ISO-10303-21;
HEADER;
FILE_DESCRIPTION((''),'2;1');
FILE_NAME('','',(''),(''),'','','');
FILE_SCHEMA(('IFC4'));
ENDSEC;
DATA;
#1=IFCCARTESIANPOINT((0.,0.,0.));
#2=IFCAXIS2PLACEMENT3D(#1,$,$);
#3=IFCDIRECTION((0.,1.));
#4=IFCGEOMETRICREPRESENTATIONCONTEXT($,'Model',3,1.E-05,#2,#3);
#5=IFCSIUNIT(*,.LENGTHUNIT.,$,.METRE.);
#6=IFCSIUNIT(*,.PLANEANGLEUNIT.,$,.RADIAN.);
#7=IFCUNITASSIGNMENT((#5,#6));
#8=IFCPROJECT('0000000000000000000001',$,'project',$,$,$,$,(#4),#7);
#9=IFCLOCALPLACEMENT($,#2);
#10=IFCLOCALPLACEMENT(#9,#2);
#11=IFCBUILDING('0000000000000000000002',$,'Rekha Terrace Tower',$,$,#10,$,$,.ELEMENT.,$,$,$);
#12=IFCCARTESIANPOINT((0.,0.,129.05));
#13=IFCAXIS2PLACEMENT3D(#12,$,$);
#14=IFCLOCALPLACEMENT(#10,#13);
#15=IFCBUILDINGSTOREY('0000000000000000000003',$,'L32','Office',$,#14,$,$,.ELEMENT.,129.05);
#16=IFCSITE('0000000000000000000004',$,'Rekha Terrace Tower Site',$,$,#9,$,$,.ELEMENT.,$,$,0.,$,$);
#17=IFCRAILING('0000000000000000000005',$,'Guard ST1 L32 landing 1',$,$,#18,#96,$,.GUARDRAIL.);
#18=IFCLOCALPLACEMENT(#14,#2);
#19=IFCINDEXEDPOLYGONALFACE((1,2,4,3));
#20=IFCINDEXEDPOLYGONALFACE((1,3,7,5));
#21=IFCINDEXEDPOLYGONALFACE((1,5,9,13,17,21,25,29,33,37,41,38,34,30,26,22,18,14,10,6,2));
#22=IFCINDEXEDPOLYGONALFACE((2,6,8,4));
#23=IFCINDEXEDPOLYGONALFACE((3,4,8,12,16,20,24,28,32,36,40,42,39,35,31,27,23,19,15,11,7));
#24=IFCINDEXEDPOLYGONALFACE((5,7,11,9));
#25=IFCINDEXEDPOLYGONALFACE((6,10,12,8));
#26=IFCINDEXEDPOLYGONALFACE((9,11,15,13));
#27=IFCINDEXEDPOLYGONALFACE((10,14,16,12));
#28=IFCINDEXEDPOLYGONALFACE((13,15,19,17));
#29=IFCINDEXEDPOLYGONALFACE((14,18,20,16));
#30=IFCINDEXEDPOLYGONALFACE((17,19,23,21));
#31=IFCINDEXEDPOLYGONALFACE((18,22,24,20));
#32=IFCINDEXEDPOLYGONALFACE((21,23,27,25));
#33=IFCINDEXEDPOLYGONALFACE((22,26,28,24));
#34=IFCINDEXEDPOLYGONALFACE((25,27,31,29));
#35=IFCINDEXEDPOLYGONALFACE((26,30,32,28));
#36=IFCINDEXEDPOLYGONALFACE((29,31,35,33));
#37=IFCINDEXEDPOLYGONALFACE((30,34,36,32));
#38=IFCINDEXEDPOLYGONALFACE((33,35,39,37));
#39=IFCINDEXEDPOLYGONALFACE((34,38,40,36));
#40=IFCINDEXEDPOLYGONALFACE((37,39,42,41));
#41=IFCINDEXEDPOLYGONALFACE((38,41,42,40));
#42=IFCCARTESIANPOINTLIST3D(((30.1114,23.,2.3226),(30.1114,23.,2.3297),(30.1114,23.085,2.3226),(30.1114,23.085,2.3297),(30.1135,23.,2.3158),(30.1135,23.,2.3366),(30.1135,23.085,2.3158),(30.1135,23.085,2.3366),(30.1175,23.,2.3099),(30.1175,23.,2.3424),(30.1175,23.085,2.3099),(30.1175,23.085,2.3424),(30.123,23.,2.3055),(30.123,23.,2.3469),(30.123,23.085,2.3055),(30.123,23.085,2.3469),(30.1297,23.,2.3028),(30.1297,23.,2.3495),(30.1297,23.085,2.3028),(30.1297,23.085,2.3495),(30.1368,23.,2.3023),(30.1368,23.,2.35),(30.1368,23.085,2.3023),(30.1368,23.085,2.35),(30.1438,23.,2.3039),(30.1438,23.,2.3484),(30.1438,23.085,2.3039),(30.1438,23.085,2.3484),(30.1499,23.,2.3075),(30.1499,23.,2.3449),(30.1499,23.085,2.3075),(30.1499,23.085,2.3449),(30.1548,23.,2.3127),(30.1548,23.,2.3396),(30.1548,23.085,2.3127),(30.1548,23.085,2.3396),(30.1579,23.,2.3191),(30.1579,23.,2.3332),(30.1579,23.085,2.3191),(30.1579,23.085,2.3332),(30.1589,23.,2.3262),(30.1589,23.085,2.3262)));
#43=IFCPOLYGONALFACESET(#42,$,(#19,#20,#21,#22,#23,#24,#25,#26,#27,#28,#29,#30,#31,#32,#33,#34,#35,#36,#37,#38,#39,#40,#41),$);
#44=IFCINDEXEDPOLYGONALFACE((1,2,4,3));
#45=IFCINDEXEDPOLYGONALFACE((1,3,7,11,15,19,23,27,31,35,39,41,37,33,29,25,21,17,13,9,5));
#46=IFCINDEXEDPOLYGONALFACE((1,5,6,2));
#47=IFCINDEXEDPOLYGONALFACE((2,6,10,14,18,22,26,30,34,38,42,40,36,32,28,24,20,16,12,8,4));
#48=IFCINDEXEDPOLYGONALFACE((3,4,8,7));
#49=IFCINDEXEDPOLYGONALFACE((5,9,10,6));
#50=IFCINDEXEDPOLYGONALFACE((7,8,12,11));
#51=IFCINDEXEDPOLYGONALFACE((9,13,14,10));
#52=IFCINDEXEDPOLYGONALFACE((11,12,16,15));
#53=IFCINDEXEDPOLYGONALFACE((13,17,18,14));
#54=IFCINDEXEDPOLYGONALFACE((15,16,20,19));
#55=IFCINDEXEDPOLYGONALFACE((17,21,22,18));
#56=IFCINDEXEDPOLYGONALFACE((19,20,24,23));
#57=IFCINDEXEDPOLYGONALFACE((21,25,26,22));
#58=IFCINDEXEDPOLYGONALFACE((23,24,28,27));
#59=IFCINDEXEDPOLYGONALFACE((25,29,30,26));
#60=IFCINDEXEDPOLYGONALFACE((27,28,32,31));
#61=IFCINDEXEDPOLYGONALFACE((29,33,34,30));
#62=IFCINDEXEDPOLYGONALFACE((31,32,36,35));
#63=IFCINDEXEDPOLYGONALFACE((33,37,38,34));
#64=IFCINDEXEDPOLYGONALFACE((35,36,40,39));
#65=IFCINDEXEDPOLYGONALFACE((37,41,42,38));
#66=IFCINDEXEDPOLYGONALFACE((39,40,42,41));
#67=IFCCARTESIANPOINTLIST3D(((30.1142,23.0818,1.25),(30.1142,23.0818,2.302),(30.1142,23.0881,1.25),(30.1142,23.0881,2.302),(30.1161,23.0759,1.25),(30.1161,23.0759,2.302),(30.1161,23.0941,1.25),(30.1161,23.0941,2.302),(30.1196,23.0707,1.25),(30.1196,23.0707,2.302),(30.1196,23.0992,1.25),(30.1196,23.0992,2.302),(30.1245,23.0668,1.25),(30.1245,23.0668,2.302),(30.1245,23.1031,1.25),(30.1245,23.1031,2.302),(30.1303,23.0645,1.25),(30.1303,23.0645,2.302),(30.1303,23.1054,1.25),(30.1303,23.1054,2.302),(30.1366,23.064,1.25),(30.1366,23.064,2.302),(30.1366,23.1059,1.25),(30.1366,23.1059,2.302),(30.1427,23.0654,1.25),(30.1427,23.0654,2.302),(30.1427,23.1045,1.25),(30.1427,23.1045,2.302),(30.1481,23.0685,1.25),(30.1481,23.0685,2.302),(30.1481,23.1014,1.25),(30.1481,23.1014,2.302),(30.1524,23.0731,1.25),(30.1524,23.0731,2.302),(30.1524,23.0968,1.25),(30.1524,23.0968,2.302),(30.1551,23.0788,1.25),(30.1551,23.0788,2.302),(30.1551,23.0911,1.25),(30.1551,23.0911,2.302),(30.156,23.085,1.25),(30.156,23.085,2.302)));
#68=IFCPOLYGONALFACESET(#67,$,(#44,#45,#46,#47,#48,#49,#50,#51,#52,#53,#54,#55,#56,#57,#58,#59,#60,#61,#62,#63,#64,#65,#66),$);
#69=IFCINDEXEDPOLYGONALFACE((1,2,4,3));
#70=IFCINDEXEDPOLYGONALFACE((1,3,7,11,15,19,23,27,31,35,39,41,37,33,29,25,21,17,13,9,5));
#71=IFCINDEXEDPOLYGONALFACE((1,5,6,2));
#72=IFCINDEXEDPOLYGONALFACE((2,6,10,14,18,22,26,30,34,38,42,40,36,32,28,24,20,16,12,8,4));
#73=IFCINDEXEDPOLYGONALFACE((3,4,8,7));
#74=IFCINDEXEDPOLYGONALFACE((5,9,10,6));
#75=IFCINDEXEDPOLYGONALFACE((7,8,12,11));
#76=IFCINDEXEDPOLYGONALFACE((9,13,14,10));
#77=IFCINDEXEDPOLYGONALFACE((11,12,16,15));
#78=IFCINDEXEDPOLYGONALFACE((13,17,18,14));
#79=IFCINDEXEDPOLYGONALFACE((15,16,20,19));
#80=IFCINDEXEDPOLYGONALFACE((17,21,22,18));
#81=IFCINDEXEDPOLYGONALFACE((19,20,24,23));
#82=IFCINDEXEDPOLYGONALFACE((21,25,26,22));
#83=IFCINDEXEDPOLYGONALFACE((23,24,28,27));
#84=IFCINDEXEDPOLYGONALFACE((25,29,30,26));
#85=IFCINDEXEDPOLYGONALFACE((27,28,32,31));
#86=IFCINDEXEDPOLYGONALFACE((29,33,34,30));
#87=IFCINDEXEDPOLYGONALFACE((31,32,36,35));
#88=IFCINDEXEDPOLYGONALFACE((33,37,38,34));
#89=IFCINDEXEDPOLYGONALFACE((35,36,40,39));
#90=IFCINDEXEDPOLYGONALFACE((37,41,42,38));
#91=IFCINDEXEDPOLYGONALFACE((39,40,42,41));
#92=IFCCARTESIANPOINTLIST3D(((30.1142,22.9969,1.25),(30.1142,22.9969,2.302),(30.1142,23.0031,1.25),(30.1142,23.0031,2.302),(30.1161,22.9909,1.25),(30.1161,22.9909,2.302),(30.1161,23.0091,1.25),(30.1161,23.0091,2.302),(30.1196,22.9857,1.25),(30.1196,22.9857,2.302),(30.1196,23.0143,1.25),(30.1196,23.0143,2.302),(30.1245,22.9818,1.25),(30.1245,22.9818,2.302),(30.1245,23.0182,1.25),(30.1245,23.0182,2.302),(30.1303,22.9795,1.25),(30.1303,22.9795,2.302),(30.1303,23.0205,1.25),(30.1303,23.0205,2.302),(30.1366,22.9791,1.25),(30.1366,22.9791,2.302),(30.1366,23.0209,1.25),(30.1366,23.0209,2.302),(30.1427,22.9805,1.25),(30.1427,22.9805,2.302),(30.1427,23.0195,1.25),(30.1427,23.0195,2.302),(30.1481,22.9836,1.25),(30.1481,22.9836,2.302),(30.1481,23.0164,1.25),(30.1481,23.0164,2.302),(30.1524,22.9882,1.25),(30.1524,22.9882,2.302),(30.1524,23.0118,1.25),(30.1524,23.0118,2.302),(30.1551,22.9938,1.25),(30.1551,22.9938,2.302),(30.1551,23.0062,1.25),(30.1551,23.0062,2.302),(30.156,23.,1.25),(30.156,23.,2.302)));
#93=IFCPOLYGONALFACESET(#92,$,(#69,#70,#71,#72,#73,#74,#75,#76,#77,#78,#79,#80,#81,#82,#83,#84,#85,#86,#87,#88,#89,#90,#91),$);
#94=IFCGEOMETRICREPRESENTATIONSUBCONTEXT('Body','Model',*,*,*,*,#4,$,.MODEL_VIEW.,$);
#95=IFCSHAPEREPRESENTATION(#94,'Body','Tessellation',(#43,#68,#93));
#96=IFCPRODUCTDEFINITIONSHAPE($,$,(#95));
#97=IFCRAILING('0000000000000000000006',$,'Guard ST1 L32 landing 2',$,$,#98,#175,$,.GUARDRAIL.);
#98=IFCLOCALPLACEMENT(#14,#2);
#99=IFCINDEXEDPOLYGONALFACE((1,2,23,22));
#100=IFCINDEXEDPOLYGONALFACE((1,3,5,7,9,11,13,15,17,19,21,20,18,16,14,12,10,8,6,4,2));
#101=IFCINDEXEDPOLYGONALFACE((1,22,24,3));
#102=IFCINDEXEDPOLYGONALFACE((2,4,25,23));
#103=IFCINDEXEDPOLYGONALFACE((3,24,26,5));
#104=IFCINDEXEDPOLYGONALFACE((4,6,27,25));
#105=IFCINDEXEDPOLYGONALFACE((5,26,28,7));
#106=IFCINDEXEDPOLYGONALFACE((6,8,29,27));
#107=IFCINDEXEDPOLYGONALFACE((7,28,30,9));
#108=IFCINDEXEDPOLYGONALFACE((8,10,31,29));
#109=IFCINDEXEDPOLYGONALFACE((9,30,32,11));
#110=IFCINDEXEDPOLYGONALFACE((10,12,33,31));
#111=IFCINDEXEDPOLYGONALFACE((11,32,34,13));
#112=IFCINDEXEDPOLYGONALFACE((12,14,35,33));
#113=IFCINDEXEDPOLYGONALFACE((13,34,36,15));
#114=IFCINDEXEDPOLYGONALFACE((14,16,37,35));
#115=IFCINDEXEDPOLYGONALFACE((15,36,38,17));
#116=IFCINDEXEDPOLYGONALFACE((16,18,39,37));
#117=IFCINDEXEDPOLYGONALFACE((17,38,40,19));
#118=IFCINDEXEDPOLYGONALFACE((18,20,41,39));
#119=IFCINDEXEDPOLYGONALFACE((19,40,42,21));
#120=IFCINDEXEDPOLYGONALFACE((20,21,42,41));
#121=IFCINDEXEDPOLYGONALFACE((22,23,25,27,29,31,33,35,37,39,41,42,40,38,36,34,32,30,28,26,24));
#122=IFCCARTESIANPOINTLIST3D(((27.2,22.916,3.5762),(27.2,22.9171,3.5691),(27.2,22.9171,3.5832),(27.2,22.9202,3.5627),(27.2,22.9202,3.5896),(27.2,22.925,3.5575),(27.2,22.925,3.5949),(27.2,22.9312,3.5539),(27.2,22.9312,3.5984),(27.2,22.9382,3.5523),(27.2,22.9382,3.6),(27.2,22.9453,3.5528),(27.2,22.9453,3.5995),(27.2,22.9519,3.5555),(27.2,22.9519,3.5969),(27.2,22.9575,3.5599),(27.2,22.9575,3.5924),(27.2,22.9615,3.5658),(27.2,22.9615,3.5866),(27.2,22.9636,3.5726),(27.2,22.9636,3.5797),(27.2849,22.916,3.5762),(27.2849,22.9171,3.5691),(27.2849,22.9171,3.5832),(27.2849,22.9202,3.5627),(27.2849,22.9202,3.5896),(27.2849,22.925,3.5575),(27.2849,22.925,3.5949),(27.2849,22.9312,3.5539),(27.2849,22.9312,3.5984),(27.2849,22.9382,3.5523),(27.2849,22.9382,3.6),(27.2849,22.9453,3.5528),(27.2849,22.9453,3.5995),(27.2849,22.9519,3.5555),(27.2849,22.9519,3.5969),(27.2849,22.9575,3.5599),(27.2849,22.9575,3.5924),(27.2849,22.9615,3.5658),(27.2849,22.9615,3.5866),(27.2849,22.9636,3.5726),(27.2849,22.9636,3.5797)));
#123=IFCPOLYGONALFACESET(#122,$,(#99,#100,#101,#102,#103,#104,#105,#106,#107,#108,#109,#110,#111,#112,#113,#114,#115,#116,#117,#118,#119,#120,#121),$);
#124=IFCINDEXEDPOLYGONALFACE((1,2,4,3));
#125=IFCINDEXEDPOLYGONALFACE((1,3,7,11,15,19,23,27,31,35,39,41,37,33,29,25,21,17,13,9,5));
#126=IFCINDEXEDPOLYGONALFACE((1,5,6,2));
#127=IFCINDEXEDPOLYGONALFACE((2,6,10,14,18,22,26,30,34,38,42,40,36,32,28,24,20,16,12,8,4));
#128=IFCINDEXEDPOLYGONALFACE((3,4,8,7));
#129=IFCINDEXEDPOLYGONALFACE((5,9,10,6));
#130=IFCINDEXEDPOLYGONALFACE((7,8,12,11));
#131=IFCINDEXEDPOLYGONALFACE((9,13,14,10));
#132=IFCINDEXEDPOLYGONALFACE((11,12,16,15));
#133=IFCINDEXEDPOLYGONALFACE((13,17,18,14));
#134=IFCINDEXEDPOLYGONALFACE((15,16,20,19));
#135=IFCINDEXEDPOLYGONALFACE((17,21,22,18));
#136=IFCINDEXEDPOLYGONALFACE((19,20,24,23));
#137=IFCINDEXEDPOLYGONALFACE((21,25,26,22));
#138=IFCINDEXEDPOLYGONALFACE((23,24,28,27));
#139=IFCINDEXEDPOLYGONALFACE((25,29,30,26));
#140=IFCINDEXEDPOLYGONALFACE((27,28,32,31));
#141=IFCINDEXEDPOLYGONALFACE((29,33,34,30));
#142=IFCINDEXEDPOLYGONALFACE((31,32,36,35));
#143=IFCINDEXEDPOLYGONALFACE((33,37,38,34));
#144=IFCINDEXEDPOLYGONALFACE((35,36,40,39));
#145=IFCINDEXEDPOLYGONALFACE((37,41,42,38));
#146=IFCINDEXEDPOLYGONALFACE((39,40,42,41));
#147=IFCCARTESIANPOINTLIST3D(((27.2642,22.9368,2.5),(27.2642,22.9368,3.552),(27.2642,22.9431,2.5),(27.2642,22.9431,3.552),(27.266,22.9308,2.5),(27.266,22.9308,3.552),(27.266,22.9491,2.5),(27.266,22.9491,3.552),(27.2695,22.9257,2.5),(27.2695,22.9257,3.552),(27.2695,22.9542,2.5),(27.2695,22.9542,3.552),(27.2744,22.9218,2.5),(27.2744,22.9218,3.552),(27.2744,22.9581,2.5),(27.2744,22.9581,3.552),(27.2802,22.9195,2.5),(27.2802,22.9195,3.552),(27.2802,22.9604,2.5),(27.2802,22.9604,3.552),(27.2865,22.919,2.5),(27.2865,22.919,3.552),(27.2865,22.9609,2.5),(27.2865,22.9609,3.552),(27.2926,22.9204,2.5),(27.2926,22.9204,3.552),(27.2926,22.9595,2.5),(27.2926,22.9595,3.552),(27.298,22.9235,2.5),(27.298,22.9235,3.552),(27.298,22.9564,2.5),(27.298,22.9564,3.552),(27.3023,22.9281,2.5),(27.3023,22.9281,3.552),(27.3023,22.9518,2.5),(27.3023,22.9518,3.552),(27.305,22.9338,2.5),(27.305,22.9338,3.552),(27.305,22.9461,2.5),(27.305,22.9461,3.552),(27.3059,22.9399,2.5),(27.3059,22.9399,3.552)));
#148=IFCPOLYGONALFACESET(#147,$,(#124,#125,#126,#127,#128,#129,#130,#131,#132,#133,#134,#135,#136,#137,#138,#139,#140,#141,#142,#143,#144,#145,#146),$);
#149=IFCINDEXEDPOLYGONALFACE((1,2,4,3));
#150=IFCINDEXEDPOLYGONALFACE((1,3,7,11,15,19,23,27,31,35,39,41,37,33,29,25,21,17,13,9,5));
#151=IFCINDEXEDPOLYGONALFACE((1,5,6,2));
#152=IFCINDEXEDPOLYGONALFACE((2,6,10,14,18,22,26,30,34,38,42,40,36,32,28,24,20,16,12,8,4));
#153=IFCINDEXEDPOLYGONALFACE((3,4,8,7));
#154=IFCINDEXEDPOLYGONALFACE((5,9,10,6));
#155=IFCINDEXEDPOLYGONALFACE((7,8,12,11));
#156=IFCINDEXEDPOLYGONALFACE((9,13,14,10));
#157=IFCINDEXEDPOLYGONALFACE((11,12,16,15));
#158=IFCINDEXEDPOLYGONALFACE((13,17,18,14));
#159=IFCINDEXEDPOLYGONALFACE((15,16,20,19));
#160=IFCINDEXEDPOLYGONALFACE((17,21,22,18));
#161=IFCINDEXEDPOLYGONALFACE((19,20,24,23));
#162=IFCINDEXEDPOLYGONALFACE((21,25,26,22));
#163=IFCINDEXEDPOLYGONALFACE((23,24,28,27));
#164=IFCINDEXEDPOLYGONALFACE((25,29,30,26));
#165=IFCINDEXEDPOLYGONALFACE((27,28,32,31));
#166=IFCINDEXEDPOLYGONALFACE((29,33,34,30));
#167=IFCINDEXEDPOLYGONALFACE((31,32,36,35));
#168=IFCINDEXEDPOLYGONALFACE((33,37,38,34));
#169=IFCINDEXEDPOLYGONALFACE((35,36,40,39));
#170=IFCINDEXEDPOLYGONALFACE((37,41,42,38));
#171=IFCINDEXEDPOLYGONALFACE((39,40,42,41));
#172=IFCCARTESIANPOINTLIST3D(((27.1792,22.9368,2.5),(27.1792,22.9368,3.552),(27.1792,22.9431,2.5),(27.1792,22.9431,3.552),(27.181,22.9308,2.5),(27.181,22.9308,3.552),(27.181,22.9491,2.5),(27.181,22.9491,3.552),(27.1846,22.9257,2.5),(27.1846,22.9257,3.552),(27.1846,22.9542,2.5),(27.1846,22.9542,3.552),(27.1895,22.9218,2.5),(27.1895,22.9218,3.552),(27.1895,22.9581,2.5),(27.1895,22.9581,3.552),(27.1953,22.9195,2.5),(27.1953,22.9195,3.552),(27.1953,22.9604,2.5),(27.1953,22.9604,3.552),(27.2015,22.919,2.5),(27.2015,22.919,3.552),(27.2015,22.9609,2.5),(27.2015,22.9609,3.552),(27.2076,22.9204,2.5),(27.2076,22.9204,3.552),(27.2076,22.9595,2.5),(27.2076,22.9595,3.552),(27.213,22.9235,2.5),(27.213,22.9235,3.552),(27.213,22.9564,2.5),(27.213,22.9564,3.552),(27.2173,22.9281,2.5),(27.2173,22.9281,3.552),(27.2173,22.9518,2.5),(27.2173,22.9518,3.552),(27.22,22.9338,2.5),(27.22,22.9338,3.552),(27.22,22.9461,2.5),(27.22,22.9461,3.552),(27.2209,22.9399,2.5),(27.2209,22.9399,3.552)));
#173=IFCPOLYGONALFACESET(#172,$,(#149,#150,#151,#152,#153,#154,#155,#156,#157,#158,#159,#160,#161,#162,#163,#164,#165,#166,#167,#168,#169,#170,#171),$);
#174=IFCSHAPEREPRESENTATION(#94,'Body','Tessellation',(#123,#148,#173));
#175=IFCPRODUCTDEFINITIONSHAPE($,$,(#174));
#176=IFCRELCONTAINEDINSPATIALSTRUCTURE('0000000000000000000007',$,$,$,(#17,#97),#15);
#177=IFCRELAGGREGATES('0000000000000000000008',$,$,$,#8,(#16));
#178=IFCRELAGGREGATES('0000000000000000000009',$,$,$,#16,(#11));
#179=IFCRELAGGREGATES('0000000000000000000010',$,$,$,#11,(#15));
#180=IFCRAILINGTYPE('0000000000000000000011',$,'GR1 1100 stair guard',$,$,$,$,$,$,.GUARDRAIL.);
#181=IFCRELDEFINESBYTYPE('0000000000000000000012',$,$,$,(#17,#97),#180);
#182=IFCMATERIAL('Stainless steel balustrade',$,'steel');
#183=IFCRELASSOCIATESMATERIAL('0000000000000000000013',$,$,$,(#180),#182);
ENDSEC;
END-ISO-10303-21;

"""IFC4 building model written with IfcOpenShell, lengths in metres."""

from ifc_helpers import new_model, si_unit, direction, frame, origin, origin_2d, place, context, subcontext, project, spatial, circle, extrude, material, type_object, element, save


model = new_model("IFC4")

# Units and contexts
model_context = context("Model", 3, precision=1e-05, world=origin(), true_north=direction((0.0, 1.0)))
body_context = subcontext(model_context, "Body", "Model", "MODEL_VIEW")
ifc_project = project(units=[si_unit("LENGTHUNIT", "METRE"), si_unit("PLANEANGLEUNIT", "RADIAN")], contexts=[model_context])

# Site, building, storey
site_placement = place(None, origin())
site = spatial("IfcSite", under=ifc_project, at=site_placement, Name="Rekha Terrace Tower Site", CompositionType="ELEMENT", RefElevation=0.0)
building_placement = place(site_placement, origin())
building = spatial("IfcBuilding", under=site, at=building_placement, Name="Rekha Terrace Tower", CompositionType="ELEMENT")
storey_placement = place(building_placement, frame((0.0, 0.0, 129.05)))
storey = spatial("IfcBuildingStorey", under=building, at=storey_placement, Name="L32", Description="Office", CompositionType="ELEMENT", Elevation=129.05)

# Railings
ifc_material_1 = material(Name="Stainless steel balustrade", Category="steel")
railing_type_1 = type_object("IfcRailingType", Name="GR1 1100 stair guard", PredefinedType="GUARDRAIL", material=ifc_material_1)
railing_1_placement = place(storey_placement, frame((30.135, 23.085, 1.25)))
element("IfcRailing", 1, at=railing_1_placement, inside=storey, type_object=railing_type_1, Name="Guard ST1 L32 landing 1", PredefinedType="GUARDRAIL", context=body_context, shape_type="SweptSolid", body=[
    extrude(circle(Radius=0.0239, at=origin_2d()), frame((0.0, 0.0, 1.0762), z_axis=(0.0, -1.0, 0.0), x_axis=(1.0, 0.0, 0.0)), (0.0, 0.0, 1.0), 0.085),
    extrude(circle(Radius=0.021, at=origin_2d()), origin(), (0.0, 0.0, 1.0), 1.052),
    extrude(circle(Radius=0.021, at=origin_2d()), frame((0.0, -0.085, 0.0)), (0.0, 0.0, 1.0), 1.052),
])
railing_2_placement = place(storey_placement, frame((27.2849, 22.9399, 2.5)))
element("IfcRailing", 2, at=railing_2_placement, inside=storey, type_object=railing_type_1, Name="Guard ST1 L32 landing 2", PredefinedType="GUARDRAIL", context=body_context, shape_type="SweptSolid", body=[
    extrude(circle(Radius=0.0239, at=origin_2d()), frame((0.0, 0.0, 1.0762), z_axis=(-1.0, 0.0, 0.0), x_axis=(0.0, -1.0, 0.0)), (0.0, 0.0, 1.0), 0.085),
    extrude(circle(Radius=0.021, at=origin_2d()), origin(), (0.0, 0.0, 1.0), 1.052),
    extrude(circle(Radius=0.021, at=origin_2d()), frame((-0.085, 0.0, 0.0)), (0.0, 0.0, 1.0), 1.052),
])

save(model, "model.ifc")
